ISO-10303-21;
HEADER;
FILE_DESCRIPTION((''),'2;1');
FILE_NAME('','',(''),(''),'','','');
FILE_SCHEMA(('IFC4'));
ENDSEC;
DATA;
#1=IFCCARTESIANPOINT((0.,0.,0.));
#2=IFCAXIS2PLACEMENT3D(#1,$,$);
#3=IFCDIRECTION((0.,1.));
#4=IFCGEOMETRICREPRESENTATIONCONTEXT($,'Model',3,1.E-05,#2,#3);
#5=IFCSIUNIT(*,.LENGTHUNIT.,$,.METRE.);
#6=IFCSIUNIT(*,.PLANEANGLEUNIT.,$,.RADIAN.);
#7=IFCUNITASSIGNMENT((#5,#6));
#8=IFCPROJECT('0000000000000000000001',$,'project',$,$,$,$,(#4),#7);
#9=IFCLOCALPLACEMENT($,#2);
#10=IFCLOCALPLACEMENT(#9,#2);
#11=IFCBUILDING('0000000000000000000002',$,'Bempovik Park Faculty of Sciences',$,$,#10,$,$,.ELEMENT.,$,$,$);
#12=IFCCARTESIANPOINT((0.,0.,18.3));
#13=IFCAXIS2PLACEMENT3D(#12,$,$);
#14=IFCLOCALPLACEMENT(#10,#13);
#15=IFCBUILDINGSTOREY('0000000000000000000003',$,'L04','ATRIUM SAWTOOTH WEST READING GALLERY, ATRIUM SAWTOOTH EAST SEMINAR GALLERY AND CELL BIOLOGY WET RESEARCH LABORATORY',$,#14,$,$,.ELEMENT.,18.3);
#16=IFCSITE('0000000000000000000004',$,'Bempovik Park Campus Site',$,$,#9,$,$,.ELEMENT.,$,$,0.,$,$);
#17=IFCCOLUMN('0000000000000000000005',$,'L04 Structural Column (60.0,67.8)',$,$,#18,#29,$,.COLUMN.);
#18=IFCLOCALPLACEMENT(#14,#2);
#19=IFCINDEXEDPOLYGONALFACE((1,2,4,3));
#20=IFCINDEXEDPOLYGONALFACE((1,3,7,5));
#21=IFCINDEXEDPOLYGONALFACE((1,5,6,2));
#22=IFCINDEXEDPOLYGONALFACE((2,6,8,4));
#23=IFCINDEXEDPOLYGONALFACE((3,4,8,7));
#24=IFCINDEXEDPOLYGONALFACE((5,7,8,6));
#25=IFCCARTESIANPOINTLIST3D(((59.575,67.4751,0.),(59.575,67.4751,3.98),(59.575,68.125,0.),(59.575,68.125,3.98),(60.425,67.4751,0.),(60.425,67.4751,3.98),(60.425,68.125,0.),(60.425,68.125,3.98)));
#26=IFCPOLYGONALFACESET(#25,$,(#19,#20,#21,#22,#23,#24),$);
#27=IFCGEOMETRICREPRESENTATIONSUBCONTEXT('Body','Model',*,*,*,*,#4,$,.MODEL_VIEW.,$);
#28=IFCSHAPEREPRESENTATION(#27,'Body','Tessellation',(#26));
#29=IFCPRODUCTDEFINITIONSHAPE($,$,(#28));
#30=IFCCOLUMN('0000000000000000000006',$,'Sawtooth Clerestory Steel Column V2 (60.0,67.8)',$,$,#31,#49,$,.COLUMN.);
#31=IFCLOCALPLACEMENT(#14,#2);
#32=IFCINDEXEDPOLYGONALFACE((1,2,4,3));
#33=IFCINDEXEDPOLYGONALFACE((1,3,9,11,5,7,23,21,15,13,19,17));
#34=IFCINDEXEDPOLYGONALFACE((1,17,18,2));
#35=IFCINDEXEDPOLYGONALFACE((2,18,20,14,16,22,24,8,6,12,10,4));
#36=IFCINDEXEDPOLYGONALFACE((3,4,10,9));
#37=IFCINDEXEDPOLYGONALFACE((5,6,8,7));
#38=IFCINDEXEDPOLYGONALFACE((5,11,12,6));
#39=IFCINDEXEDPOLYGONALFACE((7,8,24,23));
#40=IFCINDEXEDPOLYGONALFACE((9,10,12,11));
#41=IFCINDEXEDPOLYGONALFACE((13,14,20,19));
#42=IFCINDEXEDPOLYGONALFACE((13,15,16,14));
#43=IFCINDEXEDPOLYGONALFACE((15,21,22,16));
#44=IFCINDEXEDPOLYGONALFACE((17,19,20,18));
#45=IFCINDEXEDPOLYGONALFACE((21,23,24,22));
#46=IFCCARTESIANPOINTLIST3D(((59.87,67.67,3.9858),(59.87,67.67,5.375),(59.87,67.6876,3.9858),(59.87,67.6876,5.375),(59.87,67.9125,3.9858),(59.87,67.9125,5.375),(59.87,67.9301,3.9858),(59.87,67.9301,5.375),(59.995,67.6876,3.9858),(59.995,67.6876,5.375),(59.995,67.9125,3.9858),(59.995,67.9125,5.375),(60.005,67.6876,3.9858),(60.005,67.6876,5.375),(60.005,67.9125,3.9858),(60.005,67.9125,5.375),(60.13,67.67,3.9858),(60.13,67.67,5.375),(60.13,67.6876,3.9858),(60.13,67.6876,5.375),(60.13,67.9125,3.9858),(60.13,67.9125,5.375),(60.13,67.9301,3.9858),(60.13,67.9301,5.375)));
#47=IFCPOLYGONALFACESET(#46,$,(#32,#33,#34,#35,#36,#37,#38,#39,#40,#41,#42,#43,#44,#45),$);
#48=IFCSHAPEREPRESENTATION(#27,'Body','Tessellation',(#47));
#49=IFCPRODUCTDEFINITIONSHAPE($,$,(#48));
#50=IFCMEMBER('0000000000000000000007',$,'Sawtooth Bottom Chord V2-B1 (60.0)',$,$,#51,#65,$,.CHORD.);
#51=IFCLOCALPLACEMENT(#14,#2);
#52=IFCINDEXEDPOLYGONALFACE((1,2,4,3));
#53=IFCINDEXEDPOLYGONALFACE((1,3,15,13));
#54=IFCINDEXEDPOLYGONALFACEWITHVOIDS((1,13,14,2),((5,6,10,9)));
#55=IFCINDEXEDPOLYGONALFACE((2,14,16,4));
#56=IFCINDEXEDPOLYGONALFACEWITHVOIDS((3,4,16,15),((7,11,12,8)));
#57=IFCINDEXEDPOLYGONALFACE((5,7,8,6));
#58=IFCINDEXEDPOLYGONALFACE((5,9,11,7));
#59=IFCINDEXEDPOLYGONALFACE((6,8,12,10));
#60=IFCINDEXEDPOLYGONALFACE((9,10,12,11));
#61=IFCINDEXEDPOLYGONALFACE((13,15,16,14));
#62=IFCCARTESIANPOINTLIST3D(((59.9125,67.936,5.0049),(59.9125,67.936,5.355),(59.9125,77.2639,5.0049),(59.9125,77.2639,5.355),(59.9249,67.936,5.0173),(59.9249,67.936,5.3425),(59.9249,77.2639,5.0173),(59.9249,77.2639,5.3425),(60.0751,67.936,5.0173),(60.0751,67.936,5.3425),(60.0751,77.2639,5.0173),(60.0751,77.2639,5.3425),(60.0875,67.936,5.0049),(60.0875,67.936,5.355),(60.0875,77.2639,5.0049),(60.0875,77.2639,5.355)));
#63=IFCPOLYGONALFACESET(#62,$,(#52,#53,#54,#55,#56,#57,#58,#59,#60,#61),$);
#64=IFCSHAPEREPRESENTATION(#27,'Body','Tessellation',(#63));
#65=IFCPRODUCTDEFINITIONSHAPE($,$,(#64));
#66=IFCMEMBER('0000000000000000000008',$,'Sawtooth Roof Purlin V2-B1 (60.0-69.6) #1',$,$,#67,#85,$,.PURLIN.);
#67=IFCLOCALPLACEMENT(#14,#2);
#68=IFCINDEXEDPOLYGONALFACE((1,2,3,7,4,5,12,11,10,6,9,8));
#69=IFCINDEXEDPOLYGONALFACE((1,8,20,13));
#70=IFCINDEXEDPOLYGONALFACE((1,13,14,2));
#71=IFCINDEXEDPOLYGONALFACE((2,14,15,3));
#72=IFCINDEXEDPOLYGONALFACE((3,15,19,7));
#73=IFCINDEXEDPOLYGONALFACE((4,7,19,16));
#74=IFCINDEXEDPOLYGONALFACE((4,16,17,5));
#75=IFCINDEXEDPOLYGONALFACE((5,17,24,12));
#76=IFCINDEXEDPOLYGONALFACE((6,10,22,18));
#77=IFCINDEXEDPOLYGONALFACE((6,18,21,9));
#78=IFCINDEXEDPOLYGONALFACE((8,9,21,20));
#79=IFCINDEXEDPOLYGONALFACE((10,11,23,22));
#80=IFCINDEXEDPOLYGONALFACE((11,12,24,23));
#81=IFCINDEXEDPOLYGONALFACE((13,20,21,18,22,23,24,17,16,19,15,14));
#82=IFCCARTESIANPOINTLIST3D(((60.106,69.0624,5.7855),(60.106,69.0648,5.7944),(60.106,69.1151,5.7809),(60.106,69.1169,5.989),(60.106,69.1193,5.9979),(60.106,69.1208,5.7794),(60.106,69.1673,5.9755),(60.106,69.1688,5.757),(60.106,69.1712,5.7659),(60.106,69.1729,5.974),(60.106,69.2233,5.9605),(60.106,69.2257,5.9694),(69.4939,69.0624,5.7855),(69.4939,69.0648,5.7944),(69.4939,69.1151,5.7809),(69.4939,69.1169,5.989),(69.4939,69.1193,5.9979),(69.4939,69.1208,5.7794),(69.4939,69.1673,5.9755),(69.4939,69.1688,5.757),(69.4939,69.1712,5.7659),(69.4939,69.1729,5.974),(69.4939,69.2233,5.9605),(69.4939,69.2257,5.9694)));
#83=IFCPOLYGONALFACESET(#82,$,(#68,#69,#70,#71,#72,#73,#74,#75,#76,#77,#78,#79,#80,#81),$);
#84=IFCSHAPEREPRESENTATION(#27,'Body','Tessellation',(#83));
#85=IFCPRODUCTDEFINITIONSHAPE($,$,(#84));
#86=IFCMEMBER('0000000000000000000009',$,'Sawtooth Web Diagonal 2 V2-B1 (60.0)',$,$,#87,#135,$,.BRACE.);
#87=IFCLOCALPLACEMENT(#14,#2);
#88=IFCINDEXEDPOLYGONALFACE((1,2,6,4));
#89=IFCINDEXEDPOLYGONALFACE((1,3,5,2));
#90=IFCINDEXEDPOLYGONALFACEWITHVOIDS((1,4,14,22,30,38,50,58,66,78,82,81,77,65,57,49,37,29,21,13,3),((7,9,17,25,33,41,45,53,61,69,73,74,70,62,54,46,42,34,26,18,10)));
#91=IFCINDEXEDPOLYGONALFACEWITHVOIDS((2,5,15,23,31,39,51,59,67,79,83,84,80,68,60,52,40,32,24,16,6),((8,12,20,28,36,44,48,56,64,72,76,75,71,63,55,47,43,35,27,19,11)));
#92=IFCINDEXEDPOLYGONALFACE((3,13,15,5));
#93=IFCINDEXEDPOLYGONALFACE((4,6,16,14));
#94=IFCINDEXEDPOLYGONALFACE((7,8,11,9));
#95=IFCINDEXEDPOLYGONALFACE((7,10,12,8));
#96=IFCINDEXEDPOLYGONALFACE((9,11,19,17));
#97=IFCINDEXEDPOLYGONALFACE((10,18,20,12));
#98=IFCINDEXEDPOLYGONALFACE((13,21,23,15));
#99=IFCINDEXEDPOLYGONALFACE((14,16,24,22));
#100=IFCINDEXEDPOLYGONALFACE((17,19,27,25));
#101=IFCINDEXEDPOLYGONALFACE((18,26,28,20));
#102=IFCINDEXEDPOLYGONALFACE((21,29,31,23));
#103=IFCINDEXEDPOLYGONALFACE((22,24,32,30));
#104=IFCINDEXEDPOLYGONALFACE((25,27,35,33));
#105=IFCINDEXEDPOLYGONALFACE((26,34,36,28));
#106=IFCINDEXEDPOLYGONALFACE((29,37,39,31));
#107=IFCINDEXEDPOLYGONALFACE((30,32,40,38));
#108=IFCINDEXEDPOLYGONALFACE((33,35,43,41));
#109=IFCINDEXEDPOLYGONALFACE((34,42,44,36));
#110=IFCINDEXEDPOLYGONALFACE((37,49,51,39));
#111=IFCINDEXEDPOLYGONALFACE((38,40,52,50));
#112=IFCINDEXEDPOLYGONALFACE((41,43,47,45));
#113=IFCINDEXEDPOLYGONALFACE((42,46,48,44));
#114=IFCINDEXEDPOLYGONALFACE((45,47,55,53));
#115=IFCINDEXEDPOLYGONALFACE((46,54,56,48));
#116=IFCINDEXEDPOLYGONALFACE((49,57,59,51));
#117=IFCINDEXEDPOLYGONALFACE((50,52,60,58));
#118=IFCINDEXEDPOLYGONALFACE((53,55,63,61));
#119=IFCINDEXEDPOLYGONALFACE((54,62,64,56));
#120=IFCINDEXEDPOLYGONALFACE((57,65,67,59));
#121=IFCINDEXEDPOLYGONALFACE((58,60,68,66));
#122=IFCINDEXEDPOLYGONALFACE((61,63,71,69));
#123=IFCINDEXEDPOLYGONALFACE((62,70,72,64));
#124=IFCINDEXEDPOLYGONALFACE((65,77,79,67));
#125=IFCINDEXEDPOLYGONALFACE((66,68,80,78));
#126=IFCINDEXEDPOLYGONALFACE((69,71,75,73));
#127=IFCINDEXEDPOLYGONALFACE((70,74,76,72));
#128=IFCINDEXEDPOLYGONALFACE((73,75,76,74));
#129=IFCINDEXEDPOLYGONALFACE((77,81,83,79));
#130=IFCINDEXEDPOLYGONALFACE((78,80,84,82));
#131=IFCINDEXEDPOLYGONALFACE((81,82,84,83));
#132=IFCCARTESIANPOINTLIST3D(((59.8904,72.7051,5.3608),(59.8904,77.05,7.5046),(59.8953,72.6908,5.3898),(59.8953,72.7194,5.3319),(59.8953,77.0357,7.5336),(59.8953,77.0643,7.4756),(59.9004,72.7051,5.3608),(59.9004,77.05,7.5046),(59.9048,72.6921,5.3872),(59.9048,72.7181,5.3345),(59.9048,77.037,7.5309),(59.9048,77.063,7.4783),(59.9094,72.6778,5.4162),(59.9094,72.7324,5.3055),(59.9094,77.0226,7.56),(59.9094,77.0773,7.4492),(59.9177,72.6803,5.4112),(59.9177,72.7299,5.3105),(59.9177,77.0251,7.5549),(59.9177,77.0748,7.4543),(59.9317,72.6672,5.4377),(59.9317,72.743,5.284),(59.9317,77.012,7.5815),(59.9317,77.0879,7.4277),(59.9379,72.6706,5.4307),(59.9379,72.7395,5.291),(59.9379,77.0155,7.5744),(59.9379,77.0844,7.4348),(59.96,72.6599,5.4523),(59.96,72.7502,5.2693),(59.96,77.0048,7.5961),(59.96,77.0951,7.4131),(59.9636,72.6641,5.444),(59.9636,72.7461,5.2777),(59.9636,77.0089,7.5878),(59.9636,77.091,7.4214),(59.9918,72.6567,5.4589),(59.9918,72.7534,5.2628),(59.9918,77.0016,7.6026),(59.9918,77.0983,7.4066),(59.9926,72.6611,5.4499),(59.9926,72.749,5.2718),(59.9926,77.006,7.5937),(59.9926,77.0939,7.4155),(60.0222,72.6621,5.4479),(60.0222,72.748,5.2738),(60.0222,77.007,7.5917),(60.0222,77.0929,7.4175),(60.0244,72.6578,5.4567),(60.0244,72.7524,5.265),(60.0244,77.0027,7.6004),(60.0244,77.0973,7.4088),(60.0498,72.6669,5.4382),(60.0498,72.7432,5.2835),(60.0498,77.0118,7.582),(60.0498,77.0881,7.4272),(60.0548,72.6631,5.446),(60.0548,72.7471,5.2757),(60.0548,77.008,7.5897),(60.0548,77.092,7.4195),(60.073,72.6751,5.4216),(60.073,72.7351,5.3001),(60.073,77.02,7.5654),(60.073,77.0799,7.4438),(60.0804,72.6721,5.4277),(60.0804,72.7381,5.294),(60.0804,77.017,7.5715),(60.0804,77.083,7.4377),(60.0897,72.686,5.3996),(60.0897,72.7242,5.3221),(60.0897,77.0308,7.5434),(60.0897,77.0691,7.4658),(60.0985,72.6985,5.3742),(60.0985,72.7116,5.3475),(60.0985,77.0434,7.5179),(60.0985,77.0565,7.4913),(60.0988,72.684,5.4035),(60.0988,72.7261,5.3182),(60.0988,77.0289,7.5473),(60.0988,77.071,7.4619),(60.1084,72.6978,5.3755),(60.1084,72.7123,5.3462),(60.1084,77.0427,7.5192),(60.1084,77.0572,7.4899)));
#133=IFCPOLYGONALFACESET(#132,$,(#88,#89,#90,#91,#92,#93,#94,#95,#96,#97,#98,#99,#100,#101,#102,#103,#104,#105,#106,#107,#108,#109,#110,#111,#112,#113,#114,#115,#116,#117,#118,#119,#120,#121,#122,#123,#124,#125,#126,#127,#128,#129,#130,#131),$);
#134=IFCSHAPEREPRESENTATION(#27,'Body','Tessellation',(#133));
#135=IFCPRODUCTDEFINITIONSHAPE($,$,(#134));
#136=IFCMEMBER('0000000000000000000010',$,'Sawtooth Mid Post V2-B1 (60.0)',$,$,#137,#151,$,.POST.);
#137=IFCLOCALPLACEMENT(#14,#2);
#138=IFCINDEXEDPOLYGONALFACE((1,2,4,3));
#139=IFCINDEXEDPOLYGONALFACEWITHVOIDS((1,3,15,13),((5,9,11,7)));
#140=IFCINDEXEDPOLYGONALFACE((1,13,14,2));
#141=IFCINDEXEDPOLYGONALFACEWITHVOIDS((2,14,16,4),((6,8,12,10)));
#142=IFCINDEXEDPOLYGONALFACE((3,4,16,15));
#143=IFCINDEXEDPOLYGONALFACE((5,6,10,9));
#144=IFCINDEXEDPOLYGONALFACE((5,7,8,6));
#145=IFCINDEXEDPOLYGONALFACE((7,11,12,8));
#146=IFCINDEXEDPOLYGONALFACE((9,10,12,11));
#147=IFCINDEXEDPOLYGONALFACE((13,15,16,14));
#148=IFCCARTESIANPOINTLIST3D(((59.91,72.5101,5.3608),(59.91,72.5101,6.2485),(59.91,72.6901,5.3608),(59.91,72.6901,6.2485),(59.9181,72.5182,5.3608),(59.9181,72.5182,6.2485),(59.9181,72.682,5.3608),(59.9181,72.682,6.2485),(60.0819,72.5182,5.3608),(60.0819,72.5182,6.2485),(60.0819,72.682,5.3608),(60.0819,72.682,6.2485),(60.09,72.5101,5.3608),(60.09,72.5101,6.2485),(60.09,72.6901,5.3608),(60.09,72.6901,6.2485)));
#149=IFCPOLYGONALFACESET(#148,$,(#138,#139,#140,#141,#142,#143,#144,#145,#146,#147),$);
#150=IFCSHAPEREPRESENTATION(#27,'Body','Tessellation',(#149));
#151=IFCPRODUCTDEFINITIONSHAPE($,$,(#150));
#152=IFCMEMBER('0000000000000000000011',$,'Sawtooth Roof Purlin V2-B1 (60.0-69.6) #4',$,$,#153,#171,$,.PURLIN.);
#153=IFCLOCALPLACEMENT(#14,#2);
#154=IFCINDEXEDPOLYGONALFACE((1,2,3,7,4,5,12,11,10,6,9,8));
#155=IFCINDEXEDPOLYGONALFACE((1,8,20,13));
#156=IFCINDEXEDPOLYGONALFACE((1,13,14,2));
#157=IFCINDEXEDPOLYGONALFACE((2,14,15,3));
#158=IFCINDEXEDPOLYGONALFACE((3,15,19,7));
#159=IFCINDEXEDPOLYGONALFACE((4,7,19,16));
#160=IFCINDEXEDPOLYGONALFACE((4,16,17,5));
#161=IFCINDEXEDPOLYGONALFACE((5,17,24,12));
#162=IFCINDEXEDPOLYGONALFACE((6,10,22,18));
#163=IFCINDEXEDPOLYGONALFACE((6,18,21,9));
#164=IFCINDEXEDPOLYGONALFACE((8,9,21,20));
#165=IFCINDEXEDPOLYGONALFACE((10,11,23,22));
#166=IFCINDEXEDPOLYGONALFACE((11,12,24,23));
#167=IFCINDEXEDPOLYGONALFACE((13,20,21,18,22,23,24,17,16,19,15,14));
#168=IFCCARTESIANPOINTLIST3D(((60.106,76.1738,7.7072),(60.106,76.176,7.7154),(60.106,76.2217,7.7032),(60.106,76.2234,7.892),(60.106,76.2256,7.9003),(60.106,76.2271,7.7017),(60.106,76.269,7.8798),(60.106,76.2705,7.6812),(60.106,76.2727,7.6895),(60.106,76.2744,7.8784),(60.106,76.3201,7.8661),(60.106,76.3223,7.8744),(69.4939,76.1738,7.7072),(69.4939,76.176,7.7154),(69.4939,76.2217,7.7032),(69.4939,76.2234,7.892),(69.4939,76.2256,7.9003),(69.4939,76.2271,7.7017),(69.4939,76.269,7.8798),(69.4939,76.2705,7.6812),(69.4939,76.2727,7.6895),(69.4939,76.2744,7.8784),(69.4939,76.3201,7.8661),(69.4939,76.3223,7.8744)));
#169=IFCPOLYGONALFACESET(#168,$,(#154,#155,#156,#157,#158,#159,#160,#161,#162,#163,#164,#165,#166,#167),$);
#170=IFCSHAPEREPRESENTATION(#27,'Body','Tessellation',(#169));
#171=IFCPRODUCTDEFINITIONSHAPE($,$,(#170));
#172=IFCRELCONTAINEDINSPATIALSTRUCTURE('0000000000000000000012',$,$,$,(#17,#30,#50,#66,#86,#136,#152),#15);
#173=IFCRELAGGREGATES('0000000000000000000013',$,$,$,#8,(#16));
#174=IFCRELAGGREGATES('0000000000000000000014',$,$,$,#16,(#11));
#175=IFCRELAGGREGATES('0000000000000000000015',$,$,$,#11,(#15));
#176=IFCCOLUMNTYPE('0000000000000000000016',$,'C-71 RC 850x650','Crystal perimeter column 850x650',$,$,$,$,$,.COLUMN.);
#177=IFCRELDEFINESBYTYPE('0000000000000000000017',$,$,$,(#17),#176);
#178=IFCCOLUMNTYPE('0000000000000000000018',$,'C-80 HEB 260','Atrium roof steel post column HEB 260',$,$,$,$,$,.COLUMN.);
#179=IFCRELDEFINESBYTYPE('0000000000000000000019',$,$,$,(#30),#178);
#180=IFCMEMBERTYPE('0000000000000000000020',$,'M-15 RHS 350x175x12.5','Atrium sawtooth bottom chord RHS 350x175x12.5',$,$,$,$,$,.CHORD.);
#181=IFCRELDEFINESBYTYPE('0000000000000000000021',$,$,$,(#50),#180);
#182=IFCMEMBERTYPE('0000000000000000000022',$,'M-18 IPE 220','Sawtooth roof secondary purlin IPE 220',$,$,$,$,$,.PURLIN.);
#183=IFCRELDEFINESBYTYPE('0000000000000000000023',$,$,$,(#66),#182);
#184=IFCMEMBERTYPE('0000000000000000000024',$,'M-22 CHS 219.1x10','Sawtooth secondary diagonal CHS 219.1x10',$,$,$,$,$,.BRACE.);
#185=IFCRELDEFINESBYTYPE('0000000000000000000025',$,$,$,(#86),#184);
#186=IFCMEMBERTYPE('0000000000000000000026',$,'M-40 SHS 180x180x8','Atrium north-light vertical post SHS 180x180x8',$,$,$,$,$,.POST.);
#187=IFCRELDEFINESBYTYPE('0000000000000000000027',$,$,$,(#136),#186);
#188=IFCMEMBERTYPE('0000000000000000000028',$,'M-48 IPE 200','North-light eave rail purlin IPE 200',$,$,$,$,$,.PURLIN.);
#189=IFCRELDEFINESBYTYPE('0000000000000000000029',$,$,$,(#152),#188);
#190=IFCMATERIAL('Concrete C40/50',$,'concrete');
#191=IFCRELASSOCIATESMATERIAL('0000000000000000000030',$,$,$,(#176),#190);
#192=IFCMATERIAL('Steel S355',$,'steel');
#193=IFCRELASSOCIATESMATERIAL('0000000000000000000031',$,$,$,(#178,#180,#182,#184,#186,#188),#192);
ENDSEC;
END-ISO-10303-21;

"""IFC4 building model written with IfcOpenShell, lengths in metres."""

from ifc_helpers import new_model, si_unit, direction, frame, origin, origin_2d, place, context, subcontext, project, spatial, rectangle, hollow_rectangle, hollow_circle, i_section, extrude, material, material_profile, profile_set, type_object, element, save


model = new_model("IFC4")

# Units and contexts
model_context = context("Model", 3, precision=1e-05, world=origin(), true_north=direction((0.0, 1.0)))
body_context = subcontext(model_context, "Body", "Model", "MODEL_VIEW")
ifc_project = project(units=[si_unit("LENGTHUNIT", "METRE"), si_unit("PLANEANGLEUNIT", "RADIAN")], contexts=[model_context])

# Site, building, storey
site_placement = place(None, origin())
site = spatial("IfcSite", under=ifc_project, at=site_placement, Name="Bempovik Park Campus Site", CompositionType="ELEMENT", RefElevation=0.0)
building_placement = place(site_placement, origin())
building = spatial("IfcBuilding", under=site, at=building_placement, Name="Bempovik Park Faculty of Sciences", CompositionType="ELEMENT")
storey_placement = place(building_placement, frame((0.0, 0.0, 18.3)))
storey = spatial("IfcBuildingStorey", under=building, at=storey_placement, Name="L04", Description="ATRIUM SAWTOOTH WEST READING GALLERY, ATRIUM SAWTOOTH EAST SEMINAR GALLERY AND CELL BIOLOGY WET RESEARCH LABORATORY", CompositionType="ELEMENT", Elevation=18.3)

# Columns
ifc_material_1 = material(Name="Concrete C40/50", Category="concrete")
ifc_material_profile_1 = material_profile(ifc_material_1, rectangle(XDim=0.8501, YDim=0.6499, at=origin_2d()), Name="RC 850x650")
ifc_profile_set_1 = profile_set([ifc_material_profile_1], Name="Concrete C40/50")
column_type_1 = type_object("IfcColumnType", Name="C-71 RC 850x650", Description="Crystal perimeter column 850x650", PredefinedType="COLUMN", material=ifc_profile_set_1)
column_1_placement = place(storey_placement, frame((60.0, 67.8, 0.0), z_axis=(0.0, 0.0, 1.0), x_axis=(1.0, 0.0, 0.0)))
element("IfcColumn", 1, at=column_1_placement, inside=storey, type_object=column_type_1, Name="L04 Structural Column (60.0,67.8)", PredefinedType="COLUMN", context=body_context, shape_type="SweptSolid", body=[
    extrude(rectangle(XDim=0.8501, YDim=0.6499, at=origin_2d()), origin(), (0.0, 0.0, 1.0), 3.98),
])
ifc_material_2 = material(Name="Steel S355", Category="steel")
ifc_material_profile_2 = material_profile(ifc_material_2, i_section(OverallWidth=0.26, OverallDepth=0.26, WebThickness=0.01, FlangeThickness=0.0176, at=origin_2d()), Name="HEB 260")
ifc_profile_set_2 = profile_set([ifc_material_profile_2], Name="Steel S355")
column_type_2 = type_object("IfcColumnType", Name="C-80 HEB 260", Description="Atrium roof steel post column HEB 260", PredefinedType="COLUMN", material=ifc_profile_set_2)
column_2_placement = place(storey_placement, frame((60.0, 67.8, 3.9858), z_axis=(0.0, 0.0, 1.0), x_axis=(1.0, 0.0, 0.0)))
element("IfcColumn", 2, at=column_2_placement, inside=storey, type_object=column_type_2, Name="Sawtooth Clerestory Steel Column V2 (60.0,67.8)", PredefinedType="COLUMN", context=body_context, shape_type="SweptSolid", body=[
    extrude(i_section(OverallWidth=0.26, OverallDepth=0.26, WebThickness=0.01, FlangeThickness=0.0176, at=origin_2d()), origin(), (0.0, 0.0, 1.0), 1.3892),
])

# Members
ifc_material_profile_3 = material_profile(ifc_material_2, hollow_rectangle(XDim=0.175, YDim=0.3501, WallThickness=0.0125, at=origin_2d()), Name="RHS 350x175x12.5")
ifc_profile_set_3 = profile_set([ifc_material_profile_3], Name="Steel S355")
member_type_1 = type_object("IfcMemberType", Name="M-15 RHS 350x175x12.5", Description="Atrium sawtooth bottom chord RHS 350x175x12.5", PredefinedType="CHORD", material=ifc_profile_set_3)
member_1_placement = place(storey_placement, frame((60.0, 67.936, 5.1799), z_axis=(0.0, 1.0, 0.0), x_axis=(-1.0, 0.0, 0.0)))
element("IfcMember", 3, at=member_1_placement, inside=storey, type_object=member_type_1, Name="Sawtooth Bottom Chord V2-B1 (60.0)", PredefinedType="CHORD", context=body_context, shape_type="SweptSolid", body=[
    extrude(hollow_rectangle(XDim=0.175, YDim=0.3501, WallThickness=0.0125, at=origin_2d()), origin(), (0.0, 0.0, 1.0), 9.3279),
])
ifc_material_profile_4 = material_profile(ifc_material_2, i_section(OverallWidth=0.1101, OverallDepth=0.22, WebThickness=0.0059, FlangeThickness=0.0093, at=origin_2d()), Name="IPE 220")
ifc_profile_set_4 = profile_set([ifc_material_profile_4], Name="Steel S355")
member_type_2 = type_object("IfcMemberType", Name="M-18 IPE 220", Description="Sawtooth roof secondary purlin IPE 220", PredefinedType="PURLIN", material=ifc_profile_set_4)
member_2_placement = place(storey_placement, frame((60.106, 69.144, 5.8774), z_axis=(1.0, 0.0, 0.0), x_axis=(0.0, 0.965926, -0.258819)))
element("IfcMember", 4, at=member_2_placement, inside=storey, type_object=member_type_2, Name="Sawtooth Roof Purlin V2-B1 (60.0-69.6) #1", PredefinedType="PURLIN", context=body_context, shape_type="SweptSolid", body=[
    extrude(i_section(OverallWidth=0.1101, OverallDepth=0.22, WebThickness=0.0059, FlangeThickness=0.0093, at=origin_2d()), origin(), (0.0, 0.0, 1.0), 9.3879),
])
ifc_material_profile_5 = material_profile(ifc_material_2, hollow_circle(Radius=0.1096, WallThickness=0.01, at=origin_2d()), Name="CHS 219.1x10")
ifc_profile_set_5 = profile_set([ifc_material_profile_5], Name="Steel S355")
member_type_3 = type_object("IfcMemberType", Name="M-22 CHS 219.1x10", Description="Sawtooth secondary diagonal CHS 219.1x10", PredefinedType="BRACE", material=ifc_profile_set_5)
member_3_placement = place(storey_placement, frame((60.0, 72.7051, 5.3608), z_axis=(0.0, 0.896783, 0.442471), x_axis=(-1.0, 0.0, 0.0)))
element("IfcMember", 5, at=member_3_placement, inside=storey, type_object=member_type_3, Name="Sawtooth Web Diagonal 2 V2-B1 (60.0)", PredefinedType="BRACE", context=body_context, shape_type="SweptSolid", body=[
    extrude(hollow_circle(Radius=0.1096, WallThickness=0.01, at=origin_2d()), origin(), (0.0, 0.0, 1.0), 4.845),
])
ifc_material_profile_6 = material_profile(ifc_material_2, hollow_rectangle(XDim=0.1799, YDim=0.1799, WallThickness=0.0081, at=origin_2d()), Name="SHS 180x180x8")
ifc_profile_set_6 = profile_set([ifc_material_profile_6], Name="Steel S355")
member_type_4 = type_object("IfcMemberType", Name="M-40 SHS 180x180x8", Description="Atrium north-light vertical post SHS 180x180x8", PredefinedType="POST", material=ifc_profile_set_6)
member_4_placement = place(storey_placement, frame((60.0, 72.6001, 5.3608), z_axis=(0.0, 0.0, 1.0), x_axis=(1.0, 0.0, 0.0)))
element("IfcMember", 6, at=member_4_placement, inside=storey, type_object=member_type_4, Name="Sawtooth Mid Post V2-B1 (60.0)", PredefinedType="POST", context=body_context, shape_type="SweptSolid", body=[
    extrude(hollow_rectangle(XDim=0.1799, YDim=0.1799, WallThickness=0.0081, at=origin_2d()), origin(), (0.0, 0.0, 1.0), 0.8877),
])
ifc_material_profile_7 = material_profile(ifc_material_2, i_section(OverallWidth=0.1001, OverallDepth=0.2, WebThickness=0.0056, FlangeThickness=0.0085, at=origin_2d()), Name="IPE 200")
ifc_profile_set_7 = profile_set([ifc_material_profile_7], Name="Steel S355")
member_type_5 = type_object("IfcMemberType", Name="M-48 IPE 200", Description="North-light eave rail purlin IPE 200", PredefinedType="PURLIN", material=ifc_profile_set_7)
member_5_placement = place(storey_placement, frame((60.106, 76.248, 7.7908), z_axis=(1.0, 0.0, 0.0), x_axis=(0.0, 0.965926, -0.258819)))
element("IfcMember", 7, at=member_5_placement, inside=storey, type_object=member_type_5, Name="Sawtooth Roof Purlin V2-B1 (60.0-69.6) #4", PredefinedType="PURLIN", context=body_context, shape_type="SweptSolid", body=[
    extrude(i_section(OverallWidth=0.1001, OverallDepth=0.2, WebThickness=0.0056, FlangeThickness=0.0085, at=origin_2d()), origin(), (0.0, 0.0, 1.0), 9.3879),
])

save(model, "model.ifc")
